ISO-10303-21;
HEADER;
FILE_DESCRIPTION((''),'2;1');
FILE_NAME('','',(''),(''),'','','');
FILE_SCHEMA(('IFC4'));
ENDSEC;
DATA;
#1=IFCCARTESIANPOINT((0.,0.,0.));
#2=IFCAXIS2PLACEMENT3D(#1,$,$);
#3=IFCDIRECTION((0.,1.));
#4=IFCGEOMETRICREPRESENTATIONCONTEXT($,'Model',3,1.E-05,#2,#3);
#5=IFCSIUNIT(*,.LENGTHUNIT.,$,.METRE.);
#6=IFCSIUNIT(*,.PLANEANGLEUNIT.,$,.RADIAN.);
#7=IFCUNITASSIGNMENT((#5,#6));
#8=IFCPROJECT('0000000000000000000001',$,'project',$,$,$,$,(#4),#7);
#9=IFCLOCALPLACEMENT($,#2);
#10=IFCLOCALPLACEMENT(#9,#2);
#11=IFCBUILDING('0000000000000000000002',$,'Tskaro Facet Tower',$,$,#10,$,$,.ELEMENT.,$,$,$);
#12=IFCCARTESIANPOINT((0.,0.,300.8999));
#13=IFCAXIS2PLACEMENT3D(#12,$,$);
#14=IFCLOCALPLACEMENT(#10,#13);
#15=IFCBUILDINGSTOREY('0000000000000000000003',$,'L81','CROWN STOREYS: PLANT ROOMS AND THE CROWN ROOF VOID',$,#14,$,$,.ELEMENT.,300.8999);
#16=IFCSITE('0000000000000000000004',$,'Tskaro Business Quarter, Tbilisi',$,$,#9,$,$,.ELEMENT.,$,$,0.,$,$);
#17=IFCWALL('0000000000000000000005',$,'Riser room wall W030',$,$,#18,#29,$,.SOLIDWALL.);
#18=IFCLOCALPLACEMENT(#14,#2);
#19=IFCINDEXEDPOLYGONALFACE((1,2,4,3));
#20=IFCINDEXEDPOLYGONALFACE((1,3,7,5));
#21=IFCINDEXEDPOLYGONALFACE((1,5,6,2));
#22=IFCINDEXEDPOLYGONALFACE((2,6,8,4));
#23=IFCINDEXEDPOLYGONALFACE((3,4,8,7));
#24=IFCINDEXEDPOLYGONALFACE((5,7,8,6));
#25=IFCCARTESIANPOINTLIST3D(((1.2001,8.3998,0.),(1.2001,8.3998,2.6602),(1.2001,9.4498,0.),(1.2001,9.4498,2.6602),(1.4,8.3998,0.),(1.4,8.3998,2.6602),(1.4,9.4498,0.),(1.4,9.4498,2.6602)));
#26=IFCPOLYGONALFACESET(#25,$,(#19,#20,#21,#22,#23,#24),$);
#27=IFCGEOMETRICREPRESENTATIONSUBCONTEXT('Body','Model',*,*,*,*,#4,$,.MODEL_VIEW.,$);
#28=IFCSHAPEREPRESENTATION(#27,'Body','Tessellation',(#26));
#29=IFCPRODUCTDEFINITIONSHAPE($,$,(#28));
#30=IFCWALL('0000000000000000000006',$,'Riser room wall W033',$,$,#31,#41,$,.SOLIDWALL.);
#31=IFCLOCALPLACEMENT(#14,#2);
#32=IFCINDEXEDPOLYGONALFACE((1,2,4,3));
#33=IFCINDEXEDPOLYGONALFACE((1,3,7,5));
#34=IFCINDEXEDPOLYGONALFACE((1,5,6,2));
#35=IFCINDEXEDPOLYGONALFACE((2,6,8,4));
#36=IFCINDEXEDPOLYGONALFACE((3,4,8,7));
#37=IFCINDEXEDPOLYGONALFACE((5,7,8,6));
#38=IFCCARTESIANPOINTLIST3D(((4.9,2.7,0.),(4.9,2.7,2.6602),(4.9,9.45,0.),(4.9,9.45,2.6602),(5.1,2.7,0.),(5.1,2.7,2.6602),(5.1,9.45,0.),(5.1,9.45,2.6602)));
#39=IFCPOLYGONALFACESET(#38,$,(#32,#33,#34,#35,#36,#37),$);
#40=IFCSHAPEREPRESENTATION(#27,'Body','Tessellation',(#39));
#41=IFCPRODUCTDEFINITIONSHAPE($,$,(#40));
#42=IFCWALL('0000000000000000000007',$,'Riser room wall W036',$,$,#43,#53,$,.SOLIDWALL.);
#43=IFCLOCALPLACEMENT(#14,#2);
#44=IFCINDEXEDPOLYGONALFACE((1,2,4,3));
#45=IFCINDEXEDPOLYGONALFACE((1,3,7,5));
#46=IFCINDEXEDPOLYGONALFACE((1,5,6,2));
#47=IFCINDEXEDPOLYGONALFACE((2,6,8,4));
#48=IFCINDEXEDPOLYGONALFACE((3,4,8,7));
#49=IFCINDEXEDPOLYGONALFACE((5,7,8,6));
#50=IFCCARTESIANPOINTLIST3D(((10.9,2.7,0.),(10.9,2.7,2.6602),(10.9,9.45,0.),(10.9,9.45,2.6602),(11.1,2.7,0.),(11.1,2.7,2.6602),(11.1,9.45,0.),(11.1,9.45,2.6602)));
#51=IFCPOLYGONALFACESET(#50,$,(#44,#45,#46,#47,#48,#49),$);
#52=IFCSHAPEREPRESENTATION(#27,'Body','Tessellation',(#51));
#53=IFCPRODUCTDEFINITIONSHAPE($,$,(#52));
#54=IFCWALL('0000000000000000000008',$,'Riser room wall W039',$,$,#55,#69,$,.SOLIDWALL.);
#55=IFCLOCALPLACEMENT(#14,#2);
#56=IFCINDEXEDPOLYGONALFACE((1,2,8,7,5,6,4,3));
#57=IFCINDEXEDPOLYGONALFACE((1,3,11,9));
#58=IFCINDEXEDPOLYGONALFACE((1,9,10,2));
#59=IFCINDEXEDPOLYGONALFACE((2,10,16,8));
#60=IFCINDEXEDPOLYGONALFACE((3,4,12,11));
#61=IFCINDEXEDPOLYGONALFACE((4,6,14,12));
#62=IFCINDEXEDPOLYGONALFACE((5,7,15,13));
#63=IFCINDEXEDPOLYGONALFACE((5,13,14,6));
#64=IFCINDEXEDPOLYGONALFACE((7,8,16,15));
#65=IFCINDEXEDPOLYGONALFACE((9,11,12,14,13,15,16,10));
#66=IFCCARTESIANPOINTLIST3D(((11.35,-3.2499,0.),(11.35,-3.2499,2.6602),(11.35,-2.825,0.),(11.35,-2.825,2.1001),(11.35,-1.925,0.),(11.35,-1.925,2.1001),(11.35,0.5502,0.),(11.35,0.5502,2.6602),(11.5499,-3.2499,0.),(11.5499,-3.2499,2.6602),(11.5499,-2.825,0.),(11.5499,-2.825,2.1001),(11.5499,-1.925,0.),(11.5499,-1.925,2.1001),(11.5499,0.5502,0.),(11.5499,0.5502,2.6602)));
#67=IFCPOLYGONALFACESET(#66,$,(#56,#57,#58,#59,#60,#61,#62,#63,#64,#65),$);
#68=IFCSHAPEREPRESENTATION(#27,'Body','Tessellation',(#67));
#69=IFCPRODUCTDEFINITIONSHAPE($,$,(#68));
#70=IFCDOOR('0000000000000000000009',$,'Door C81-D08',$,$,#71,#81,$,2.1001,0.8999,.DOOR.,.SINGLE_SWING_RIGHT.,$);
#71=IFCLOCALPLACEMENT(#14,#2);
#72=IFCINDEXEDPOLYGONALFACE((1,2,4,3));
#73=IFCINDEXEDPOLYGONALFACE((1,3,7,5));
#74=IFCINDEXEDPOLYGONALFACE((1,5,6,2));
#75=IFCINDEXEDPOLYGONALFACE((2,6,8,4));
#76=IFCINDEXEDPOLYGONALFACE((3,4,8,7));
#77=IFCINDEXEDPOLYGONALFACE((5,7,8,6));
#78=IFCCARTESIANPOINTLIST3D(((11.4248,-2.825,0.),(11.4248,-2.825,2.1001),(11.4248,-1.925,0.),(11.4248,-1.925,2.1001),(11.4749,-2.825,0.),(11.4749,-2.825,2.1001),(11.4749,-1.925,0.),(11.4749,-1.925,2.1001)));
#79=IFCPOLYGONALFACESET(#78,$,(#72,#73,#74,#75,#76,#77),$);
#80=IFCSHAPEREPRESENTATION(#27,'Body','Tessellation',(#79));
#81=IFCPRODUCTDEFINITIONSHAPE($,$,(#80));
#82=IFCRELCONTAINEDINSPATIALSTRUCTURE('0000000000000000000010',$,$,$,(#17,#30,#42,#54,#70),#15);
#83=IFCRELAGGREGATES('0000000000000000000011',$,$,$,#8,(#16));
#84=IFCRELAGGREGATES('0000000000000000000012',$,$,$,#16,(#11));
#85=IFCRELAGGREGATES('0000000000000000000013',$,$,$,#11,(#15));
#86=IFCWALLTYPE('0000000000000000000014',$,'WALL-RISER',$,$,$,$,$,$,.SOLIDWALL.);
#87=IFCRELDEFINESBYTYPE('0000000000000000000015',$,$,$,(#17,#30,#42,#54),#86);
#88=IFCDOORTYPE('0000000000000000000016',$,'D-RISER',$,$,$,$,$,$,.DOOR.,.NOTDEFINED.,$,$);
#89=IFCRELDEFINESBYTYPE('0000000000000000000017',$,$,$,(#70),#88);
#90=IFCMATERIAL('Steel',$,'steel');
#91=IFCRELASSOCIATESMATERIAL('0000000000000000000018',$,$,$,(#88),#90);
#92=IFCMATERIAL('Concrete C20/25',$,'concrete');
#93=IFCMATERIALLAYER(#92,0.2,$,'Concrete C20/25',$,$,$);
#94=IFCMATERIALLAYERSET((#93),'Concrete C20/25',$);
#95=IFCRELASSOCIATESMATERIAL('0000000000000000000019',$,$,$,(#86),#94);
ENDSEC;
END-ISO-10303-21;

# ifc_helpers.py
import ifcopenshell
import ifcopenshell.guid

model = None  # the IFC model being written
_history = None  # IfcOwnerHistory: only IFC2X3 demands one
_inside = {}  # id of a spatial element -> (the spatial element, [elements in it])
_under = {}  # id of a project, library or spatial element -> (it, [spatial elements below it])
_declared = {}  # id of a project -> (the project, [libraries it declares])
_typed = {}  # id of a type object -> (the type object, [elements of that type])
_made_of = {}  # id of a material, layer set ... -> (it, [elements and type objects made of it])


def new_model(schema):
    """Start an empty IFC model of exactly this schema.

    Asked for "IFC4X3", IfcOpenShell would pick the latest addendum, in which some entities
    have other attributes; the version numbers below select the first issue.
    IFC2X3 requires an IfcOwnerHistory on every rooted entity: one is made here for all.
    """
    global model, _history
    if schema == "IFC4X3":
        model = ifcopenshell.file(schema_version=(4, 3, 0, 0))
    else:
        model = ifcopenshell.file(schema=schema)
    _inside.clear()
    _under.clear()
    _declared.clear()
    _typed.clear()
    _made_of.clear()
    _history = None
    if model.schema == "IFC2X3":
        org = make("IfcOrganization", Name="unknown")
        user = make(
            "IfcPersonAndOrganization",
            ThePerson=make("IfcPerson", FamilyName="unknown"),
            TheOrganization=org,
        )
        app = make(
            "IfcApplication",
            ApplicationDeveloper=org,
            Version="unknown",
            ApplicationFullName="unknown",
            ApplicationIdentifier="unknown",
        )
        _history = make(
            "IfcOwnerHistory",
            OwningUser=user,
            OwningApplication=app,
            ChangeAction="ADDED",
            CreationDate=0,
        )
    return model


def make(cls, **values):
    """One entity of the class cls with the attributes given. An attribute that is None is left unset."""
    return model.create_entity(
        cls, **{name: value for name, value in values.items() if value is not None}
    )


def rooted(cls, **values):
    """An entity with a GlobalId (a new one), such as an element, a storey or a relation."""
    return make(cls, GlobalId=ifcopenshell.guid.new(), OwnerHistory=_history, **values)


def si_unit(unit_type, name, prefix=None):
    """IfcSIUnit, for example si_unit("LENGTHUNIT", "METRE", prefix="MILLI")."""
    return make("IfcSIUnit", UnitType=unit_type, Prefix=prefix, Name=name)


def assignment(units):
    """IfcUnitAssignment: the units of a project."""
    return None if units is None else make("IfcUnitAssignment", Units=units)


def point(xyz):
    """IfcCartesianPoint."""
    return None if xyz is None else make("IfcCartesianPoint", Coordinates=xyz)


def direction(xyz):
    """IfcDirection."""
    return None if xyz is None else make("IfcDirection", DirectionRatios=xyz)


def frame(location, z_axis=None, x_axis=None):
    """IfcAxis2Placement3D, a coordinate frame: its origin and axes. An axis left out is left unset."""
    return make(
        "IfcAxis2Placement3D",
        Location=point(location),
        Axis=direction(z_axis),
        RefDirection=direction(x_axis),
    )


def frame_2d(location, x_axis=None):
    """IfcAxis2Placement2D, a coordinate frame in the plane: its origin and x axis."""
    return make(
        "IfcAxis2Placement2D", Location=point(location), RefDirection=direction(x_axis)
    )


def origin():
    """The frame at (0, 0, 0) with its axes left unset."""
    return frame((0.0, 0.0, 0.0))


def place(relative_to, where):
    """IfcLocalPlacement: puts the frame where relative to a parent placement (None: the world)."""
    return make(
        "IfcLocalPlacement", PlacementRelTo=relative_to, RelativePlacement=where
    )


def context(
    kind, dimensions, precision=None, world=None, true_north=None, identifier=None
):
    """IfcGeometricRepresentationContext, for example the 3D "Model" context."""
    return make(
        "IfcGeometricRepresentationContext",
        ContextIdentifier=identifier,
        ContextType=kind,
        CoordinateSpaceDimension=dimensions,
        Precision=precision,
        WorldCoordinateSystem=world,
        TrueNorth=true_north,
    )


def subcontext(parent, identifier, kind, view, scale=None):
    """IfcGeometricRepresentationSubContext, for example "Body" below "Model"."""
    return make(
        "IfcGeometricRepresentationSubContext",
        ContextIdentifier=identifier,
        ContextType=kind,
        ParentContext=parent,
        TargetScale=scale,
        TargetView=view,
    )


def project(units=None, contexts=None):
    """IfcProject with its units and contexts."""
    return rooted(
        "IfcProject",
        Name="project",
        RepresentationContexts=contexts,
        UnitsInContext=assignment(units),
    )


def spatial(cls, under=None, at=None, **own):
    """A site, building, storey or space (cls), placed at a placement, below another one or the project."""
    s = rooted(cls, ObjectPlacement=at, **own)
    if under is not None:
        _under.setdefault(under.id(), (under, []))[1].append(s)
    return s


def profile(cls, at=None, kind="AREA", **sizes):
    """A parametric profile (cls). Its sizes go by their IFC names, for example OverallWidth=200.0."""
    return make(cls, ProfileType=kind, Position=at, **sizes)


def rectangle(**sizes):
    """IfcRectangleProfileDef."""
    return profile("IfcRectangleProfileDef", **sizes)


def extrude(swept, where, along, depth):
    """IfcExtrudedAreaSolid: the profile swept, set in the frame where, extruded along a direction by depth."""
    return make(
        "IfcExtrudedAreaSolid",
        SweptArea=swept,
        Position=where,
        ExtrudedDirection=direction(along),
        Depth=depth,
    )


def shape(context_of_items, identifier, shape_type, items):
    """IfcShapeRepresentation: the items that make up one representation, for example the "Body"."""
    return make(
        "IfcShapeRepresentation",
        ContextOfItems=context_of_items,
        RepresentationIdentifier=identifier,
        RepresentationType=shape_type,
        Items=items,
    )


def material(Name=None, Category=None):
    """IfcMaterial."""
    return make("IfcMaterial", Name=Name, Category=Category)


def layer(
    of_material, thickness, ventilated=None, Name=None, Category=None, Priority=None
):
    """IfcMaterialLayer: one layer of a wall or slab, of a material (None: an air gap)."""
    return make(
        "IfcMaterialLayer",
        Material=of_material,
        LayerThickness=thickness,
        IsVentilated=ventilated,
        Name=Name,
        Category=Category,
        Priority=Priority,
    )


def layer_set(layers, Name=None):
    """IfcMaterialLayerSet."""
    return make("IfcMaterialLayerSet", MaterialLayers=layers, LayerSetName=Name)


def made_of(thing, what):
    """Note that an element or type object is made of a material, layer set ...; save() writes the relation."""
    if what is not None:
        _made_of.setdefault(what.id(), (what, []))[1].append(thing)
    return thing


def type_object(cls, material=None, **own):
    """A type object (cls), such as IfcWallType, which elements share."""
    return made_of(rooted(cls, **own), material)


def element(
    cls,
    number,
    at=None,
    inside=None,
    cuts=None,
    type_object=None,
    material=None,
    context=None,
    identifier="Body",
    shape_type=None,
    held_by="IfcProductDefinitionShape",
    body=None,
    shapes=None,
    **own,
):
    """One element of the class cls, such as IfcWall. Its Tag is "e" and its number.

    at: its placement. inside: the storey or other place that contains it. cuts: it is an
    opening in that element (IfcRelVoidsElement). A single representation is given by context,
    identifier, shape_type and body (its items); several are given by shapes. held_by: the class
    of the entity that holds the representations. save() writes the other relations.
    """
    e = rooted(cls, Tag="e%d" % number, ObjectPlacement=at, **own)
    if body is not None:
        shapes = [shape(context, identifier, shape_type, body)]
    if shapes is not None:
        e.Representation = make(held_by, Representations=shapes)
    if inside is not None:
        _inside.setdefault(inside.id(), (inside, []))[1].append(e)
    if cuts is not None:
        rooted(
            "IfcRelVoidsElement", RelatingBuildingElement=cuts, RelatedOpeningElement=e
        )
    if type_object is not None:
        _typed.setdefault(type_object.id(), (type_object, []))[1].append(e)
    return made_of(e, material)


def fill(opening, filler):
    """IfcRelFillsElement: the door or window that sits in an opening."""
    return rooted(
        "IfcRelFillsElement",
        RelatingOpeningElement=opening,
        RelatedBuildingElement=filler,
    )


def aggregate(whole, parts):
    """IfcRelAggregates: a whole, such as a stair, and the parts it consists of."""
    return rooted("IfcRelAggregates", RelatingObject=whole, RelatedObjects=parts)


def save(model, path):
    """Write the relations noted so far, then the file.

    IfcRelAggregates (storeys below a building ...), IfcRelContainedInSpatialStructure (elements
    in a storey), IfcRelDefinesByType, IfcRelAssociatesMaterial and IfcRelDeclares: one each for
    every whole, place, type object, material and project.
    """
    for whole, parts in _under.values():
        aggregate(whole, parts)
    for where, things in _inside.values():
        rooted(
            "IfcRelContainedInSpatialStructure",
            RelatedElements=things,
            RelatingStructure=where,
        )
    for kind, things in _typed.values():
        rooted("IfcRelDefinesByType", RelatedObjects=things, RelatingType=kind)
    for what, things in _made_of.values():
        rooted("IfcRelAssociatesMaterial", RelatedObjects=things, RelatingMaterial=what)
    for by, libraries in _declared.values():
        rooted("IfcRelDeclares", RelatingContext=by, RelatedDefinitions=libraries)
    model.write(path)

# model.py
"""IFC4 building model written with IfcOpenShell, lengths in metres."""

from ifc_helpers import new_model, si_unit, direction, frame, frame_2d, origin, place, context, subcontext, project, spatial, rectangle, extrude, material, layer, layer_set, type_object, element, fill, save


model = new_model("IFC4")

# Units and contexts
model_context = context("Model", 3, precision=1e-05, world=origin(), true_north=direction((0.0, 1.0)))
body_context = subcontext(model_context, "Body", "Model", "MODEL_VIEW")
ifc_project = project(units=[si_unit("LENGTHUNIT", "METRE"), si_unit("PLANEANGLEUNIT", "RADIAN")], contexts=[model_context])

# Site, building, storey
site_placement = place(None, origin())
site = spatial("IfcSite", under=ifc_project, at=site_placement, Name="Tskaro Business Quarter, Tbilisi", CompositionType="ELEMENT", RefElevation=0.0)
building_placement = place(site_placement, origin())
building = spatial("IfcBuilding", under=site, at=building_placement, Name="Tskaro Facet Tower", CompositionType="ELEMENT")
storey_placement = place(building_placement, frame((0.0, 0.0, 300.8999)))
storey = spatial("IfcBuildingStorey", under=building, at=storey_placement, Name="L81", Description="CROWN STOREYS: PLANT ROOMS AND THE CROWN ROOF VOID", CompositionType="ELEMENT", Elevation=300.8999)

# Shared definitions
ifc_material_1 = material(Name="Steel", Category="steel")
door_type = type_object("IfcDoorType", Name="D-RISER", OperationType="NOTDEFINED", PredefinedType="DOOR", material=ifc_material_1)

# Shared definitions
ifc_material_2 = material(Name="Concrete C20/25", Category="concrete")
ifc_layer_1 = layer(ifc_material_2, 0.2, Name="Concrete C20/25")
ifc_layer_set_1 = layer_set([ifc_layer_1], Name="Concrete C20/25")
wall_type_1 = type_object("IfcWallType", Name="WALL-RISER", PredefinedType="SOLIDWALL", material=ifc_layer_set_1)

# Walls
wall_1_placement = place(storey_placement, frame((1.3, 8.3999, 0.0), z_axis=(0.0, 0.0, 1.0), x_axis=(0.0, 1.0, 0.0)))
element("IfcWall", 1, at=wall_1_placement, inside=storey, type_object=wall_type_1, Name="Riser room wall W030", PredefinedType="SOLIDWALL", context=body_context, shape_type="SweptSolid", body=[
    extrude(rectangle(XDim=1.05, YDim=0.2, at=frame_2d((0.5249, 0.0))), origin(), (0.0, 0.0, 1.0), 2.6602),
])
for number, where, z_axis, x_axis, name in (
    (2, (5.0, 2.7, 0.0), (0.0, 0.0, 1.0), (0.0, 1.0, 0.0), "Riser room wall W033"),
    (3, (11.0, 2.7, 0.0), (0.0, 0.0, 1.0), (0.0, 1.0, 0.0), "Riser room wall W036"),
):
    element("IfcWall", number, at=place(storey_placement, frame(where, z_axis=z_axis, x_axis=x_axis)), inside=storey, type_object=wall_type_1, Name=name, PredefinedType="SOLIDWALL", context=body_context, shape_type="SweptSolid", body=[
        extrude(rectangle(XDim=6.75, YDim=0.2, at=frame_2d((3.375, 0.0))), origin(), (0.0, 0.0, 1.0), 2.6602),
    ])

# Wall, opening, door
wall_2_placement = place(storey_placement, frame((11.45, 0.55, 0.0), z_axis=(0.0, 0.0, 1.0), x_axis=(0.0, -1.0, 0.0)))
wall_2 = element("IfcWall", 4, at=wall_2_placement, inside=storey, type_object=wall_type_1, Name="Riser room wall W039", PredefinedType="SOLIDWALL", context=body_context, shape_type="SweptSolid", body=[
    extrude(rectangle(XDim=3.8, YDim=0.2, at=frame_2d((1.8999, 0.0))), origin(), (0.0, 0.0, 1.0), 2.6602),
])
opening_1_placement = place(wall_2_placement, frame((2.4751, 0.0, 0.0)))
opening_1 = element("IfcOpeningElement", 5, at=opening_1_placement, cuts=wall_2, PredefinedType="OPENING", context=body_context, shape_type="SweptSolid", body=[
    extrude(rectangle(XDim=0.8999, YDim=2.1001, at=frame_2d((0.45, 1.05))), frame((0.0, 0.1099, 0.0), z_axis=(0.0, -1.0, 0.0), x_axis=(1.0, 0.0, 0.0)), (0.0, 0.0, 1.0), 0.22),
])
door_1_placement = place(opening_1_placement, origin())
door_1 = element("IfcDoor", 6, at=door_1_placement, inside=storey, type_object=door_type, Name="Door C81-D08", OperationType="SINGLE_SWING_RIGHT", OverallHeight=2.1001, OverallWidth=0.8999, PredefinedType="DOOR", context=body_context, shape_type="SweptSolid", body=[
    extrude(rectangle(XDim=0.8999, YDim=2.1001, at=frame_2d((0.45, 1.05))), frame((0.0, 0.0249, 0.0), z_axis=(0.0, -1.0, 0.0), x_axis=(1.0, 0.0, 0.0)), (0.0, 0.0, 1.0), 0.05),
])
fill(opening_1, door_1)

save(model, "model.ifc")
